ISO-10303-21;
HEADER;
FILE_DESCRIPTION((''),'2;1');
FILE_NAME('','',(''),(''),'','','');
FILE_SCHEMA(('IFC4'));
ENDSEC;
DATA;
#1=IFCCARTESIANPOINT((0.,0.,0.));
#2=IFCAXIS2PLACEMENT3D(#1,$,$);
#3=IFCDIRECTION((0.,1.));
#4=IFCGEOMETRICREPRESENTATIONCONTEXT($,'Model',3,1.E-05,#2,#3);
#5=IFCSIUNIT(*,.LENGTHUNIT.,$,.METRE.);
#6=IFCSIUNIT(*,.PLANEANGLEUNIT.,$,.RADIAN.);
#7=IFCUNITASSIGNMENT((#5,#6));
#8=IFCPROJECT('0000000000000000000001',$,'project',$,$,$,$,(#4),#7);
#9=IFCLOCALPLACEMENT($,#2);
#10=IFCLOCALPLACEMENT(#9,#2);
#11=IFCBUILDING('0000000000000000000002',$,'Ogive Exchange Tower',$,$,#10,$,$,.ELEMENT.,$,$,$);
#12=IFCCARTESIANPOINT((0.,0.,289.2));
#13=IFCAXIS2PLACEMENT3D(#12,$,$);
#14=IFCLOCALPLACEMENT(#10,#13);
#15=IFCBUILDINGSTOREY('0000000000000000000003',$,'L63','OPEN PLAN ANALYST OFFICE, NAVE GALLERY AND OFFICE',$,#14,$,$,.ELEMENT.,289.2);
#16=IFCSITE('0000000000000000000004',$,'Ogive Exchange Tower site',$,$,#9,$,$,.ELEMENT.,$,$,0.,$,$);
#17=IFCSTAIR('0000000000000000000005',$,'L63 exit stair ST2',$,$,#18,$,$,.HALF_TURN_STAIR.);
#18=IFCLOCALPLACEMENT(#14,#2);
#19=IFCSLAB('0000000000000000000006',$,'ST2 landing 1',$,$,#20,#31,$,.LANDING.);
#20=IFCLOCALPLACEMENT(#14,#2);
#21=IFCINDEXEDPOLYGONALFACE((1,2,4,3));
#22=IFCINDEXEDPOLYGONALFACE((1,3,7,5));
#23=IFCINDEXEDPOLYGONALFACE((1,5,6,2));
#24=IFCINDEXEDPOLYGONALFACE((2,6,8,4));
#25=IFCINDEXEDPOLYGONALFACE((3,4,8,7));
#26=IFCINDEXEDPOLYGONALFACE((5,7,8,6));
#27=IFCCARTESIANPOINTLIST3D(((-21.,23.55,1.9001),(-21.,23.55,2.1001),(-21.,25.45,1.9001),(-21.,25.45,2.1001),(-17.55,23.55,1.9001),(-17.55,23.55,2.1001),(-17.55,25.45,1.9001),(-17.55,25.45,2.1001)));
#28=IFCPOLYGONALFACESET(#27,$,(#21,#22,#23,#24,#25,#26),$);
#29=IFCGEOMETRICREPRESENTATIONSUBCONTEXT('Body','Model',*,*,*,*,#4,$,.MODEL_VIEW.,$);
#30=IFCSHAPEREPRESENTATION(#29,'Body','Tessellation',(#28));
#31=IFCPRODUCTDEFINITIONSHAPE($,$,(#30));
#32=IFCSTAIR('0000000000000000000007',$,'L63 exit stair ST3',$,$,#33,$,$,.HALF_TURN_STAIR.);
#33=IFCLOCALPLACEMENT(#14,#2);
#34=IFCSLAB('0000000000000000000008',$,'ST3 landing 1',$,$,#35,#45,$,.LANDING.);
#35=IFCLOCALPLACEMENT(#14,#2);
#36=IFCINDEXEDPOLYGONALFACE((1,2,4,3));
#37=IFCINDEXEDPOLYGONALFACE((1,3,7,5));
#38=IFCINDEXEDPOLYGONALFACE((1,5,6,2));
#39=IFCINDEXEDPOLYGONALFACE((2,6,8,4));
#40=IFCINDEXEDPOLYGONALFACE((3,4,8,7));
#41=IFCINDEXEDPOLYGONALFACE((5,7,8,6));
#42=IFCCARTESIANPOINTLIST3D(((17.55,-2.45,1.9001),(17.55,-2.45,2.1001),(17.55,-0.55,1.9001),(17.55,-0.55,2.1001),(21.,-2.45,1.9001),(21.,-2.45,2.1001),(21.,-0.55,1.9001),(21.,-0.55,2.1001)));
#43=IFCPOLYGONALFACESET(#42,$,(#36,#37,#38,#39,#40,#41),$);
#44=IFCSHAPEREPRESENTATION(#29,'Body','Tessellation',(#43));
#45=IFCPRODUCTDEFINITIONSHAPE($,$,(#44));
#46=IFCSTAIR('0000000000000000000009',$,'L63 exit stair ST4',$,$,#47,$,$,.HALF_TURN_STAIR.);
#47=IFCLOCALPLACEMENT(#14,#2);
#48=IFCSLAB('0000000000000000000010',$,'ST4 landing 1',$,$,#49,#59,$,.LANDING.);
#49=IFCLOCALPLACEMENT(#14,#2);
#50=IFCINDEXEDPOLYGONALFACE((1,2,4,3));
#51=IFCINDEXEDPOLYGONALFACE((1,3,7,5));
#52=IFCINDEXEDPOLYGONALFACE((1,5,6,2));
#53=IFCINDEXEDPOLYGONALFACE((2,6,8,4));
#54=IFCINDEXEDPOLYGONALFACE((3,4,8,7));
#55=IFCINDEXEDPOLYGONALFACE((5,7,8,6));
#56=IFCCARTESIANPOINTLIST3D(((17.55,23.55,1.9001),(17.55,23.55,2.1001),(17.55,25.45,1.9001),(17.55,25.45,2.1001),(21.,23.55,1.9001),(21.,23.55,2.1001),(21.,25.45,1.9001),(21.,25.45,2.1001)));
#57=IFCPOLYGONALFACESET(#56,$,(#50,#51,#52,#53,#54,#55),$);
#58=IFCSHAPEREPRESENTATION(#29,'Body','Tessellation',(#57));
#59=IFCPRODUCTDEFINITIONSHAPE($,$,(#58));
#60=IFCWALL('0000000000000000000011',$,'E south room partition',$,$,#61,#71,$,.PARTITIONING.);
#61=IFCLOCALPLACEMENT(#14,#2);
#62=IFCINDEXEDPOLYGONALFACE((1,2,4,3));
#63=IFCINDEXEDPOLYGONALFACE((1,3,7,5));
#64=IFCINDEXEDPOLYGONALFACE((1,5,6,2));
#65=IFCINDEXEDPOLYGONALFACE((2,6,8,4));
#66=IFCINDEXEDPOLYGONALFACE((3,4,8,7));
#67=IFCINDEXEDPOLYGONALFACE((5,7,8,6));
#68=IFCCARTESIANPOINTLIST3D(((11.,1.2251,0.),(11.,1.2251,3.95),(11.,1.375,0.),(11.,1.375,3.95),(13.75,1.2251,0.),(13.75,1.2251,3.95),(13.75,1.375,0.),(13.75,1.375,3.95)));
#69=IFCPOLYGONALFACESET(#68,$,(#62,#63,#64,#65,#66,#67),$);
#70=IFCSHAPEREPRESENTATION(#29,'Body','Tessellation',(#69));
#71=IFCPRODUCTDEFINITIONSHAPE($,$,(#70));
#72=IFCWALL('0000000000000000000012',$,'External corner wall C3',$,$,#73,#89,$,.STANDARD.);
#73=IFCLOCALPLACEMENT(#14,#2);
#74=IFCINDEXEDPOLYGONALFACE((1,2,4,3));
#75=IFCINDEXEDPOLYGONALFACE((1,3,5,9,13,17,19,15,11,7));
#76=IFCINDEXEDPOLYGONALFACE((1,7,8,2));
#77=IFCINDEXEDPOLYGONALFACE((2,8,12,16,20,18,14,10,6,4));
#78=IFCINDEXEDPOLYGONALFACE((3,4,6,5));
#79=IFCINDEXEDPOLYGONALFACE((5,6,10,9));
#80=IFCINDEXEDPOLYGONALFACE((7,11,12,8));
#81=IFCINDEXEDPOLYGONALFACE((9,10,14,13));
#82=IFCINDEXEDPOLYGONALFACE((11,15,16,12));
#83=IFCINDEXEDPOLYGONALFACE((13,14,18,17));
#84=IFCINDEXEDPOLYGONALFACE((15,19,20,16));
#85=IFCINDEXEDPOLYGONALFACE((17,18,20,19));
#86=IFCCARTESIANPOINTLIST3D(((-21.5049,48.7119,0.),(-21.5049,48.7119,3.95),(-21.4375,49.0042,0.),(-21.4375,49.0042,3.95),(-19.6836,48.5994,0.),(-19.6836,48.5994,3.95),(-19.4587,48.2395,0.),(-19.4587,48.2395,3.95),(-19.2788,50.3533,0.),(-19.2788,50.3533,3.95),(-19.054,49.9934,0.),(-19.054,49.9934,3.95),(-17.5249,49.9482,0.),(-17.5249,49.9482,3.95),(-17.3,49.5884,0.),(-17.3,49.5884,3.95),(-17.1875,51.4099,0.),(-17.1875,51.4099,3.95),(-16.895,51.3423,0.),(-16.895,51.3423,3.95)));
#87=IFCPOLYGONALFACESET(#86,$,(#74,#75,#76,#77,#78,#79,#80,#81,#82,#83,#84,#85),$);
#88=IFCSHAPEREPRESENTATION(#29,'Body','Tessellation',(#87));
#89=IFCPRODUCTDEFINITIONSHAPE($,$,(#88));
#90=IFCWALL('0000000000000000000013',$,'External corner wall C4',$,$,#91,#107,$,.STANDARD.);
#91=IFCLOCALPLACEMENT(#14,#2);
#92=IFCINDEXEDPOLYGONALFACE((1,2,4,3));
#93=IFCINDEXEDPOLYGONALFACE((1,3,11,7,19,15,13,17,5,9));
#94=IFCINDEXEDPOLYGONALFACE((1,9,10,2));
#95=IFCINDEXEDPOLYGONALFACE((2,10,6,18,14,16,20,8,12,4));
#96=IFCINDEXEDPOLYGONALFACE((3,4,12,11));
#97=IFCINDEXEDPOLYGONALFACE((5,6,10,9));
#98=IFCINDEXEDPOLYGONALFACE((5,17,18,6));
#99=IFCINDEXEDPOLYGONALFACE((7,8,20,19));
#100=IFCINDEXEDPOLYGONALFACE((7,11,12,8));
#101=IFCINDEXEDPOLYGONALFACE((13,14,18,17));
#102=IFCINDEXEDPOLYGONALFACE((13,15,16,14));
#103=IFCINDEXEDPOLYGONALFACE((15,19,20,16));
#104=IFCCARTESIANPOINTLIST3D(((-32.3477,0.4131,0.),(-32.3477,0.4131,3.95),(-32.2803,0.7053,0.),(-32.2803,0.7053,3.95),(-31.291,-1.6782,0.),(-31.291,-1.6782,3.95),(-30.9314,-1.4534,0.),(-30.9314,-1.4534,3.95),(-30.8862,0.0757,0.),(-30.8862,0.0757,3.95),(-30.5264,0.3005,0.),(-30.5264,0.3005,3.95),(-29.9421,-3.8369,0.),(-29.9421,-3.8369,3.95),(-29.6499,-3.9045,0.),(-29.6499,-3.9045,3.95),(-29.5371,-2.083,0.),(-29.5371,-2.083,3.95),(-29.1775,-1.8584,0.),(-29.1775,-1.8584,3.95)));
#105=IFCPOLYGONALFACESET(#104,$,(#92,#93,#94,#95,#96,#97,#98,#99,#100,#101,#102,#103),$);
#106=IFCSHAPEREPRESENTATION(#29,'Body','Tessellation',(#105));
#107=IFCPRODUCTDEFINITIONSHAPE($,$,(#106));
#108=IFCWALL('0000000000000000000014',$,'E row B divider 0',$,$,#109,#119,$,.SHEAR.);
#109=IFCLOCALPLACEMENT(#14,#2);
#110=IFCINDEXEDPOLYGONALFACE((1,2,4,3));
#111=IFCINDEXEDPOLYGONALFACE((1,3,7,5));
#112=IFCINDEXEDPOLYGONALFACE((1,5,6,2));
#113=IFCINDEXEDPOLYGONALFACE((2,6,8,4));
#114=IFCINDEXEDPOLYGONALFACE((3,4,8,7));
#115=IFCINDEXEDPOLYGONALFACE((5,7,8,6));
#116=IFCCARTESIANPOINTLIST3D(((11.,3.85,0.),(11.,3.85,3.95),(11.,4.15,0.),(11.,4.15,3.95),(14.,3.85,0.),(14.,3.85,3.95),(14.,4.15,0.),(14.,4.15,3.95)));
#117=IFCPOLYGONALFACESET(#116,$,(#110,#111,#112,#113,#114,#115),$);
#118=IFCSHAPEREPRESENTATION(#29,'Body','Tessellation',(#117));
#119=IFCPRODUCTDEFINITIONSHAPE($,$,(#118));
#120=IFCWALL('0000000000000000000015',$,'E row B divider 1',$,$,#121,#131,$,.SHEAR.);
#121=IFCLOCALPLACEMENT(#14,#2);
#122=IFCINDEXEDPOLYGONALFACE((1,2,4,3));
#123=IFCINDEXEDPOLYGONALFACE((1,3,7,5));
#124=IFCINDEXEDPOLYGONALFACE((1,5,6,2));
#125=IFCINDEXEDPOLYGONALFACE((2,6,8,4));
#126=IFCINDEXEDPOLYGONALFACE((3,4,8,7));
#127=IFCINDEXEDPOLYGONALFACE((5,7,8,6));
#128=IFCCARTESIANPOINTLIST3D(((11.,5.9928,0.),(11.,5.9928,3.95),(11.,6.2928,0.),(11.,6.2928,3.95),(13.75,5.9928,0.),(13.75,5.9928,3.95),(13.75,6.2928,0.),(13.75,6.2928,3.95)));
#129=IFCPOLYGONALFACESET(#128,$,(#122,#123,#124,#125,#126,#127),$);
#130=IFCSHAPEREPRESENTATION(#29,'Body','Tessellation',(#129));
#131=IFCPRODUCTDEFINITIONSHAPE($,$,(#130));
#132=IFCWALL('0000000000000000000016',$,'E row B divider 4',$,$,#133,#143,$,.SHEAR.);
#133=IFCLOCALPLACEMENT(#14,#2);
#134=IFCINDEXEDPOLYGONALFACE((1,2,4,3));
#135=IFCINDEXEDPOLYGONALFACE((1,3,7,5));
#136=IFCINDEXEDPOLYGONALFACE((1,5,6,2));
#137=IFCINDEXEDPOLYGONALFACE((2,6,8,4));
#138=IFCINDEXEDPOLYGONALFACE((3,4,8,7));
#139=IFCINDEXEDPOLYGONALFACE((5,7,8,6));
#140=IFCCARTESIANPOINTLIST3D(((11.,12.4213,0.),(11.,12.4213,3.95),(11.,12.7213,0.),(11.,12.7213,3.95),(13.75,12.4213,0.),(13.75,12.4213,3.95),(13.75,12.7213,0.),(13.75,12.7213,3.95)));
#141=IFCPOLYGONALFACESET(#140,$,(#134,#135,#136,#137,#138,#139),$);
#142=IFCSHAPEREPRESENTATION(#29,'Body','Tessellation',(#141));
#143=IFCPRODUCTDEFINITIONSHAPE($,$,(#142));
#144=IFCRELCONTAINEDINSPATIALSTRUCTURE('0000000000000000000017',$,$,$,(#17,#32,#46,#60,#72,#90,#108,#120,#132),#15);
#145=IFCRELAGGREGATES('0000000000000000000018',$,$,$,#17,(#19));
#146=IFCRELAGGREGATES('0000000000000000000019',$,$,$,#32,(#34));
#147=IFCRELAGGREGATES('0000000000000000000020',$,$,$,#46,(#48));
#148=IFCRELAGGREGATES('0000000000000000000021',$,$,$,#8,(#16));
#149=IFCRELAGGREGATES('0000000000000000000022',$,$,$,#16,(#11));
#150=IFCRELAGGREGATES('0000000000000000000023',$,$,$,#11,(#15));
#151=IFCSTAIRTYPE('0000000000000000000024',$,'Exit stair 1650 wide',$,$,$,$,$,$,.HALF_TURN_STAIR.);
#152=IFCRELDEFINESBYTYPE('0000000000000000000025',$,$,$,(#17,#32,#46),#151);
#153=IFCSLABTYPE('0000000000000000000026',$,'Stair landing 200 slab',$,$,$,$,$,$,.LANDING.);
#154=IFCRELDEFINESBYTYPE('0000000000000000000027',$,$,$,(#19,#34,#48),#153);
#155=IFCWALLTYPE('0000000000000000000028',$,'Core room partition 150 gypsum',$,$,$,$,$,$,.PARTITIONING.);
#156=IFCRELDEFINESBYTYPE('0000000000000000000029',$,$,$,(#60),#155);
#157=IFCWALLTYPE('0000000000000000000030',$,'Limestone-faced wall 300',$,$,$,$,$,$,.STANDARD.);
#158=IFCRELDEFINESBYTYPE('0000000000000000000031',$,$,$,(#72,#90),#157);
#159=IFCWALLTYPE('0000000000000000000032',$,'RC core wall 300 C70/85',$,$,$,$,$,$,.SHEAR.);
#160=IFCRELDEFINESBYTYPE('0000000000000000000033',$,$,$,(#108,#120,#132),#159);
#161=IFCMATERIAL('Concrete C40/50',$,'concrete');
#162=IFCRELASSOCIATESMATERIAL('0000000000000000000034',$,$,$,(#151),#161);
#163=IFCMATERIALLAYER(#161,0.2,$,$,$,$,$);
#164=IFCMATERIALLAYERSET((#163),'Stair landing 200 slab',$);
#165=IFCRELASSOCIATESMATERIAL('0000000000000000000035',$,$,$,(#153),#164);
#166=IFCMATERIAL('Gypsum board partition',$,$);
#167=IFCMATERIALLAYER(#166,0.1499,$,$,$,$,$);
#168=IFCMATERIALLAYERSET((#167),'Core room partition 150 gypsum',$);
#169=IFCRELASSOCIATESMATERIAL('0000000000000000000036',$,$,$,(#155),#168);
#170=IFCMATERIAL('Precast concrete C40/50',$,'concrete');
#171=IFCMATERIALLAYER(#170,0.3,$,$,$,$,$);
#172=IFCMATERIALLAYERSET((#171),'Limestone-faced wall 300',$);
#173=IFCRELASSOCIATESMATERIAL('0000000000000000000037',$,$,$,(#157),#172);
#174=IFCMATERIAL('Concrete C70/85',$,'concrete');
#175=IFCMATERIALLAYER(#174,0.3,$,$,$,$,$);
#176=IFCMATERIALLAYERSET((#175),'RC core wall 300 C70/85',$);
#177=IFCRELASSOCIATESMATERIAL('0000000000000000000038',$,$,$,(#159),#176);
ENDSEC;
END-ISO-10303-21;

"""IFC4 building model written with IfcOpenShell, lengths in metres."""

from ifc_helpers import new_model, si_unit, direction, frame, frame_2d, origin, place, context, subcontext, project, spatial, polyline, rectangle, outline, extrude, material, layer, layer_set, type_object, element, aggregate, save


model = new_model("IFC4")

# Units and contexts
model_context = context("Model", 3, precision=1e-05, world=origin(), true_north=direction((0.0, 1.0)))
body_context = subcontext(model_context, "Body", "Model", "MODEL_VIEW")
ifc_project = project(units=[si_unit("LENGTHUNIT", "METRE"), si_unit("PLANEANGLEUNIT", "RADIAN")], contexts=[model_context])

# Site, building, storey
site_placement = place(None, origin())
site = spatial("IfcSite", under=ifc_project, at=site_placement, Name="Ogive Exchange Tower site", CompositionType="ELEMENT", RefElevation=0.0)
building_placement = place(site_placement, origin())
building = spatial("IfcBuilding", under=site, at=building_placement, Name="Ogive Exchange Tower", CompositionType="ELEMENT")
storey_placement = place(building_placement, frame((0.0, 0.0, 289.2)))
storey = spatial("IfcBuildingStorey", under=building, at=storey_placement, Name="L63", Description="OPEN PLAN ANALYST OFFICE, NAVE GALLERY AND OFFICE", CompositionType="ELEMENT", Elevation=289.2)

# Shared definitions
ifc_material_1 = material(Name="Concrete C70/85", Category="concrete")

# Stairs, slabs
ifc_material_2 = material(Name="Concrete C40/50", Category="concrete")
stair_type = type_object("IfcStairType", Name="Exit stair 1650 wide", PredefinedType="HALF_TURN_STAIR", material=ifc_material_2)
ifc_layer_1 = layer(ifc_material_2, 0.2)
ifc_layer_set_1 = layer_set([ifc_layer_1], Name="Stair landing 200 slab")
slab_type_1 = type_object("IfcSlabType", Name="Stair landing 200 slab", PredefinedType="LANDING", material=ifc_layer_set_1)
stair_1_placement = place(storey_placement, origin())
stair_1 = element("IfcStair", 1, at=stair_1_placement, inside=storey, type_object=stair_type, Name="L63 exit stair ST2", PredefinedType="HALF_TURN_STAIR")
slab_1_placement = place(storey_placement, frame((0.0, 0.0, 1.9001)))
slab_1 = element("IfcSlab", 2, at=slab_1_placement, type_object=slab_type_1, Name="ST2 landing 1", PredefinedType="LANDING", context=body_context, shape_type="SweptSolid", body=[
    extrude(outline(polyline([(-17.55, 23.55), (-17.55, 25.45), (-21.0, 25.45), (-21.0, 23.55), (-17.55, 23.55)])), origin(), (0.0, 0.0, 1.0), 0.2),
])
aggregate(stair_1, [slab_1])
stair_2_placement = place(storey_placement, origin())
stair_2 = element("IfcStair", 3, at=stair_2_placement, inside=storey, type_object=stair_type, Name="L63 exit stair ST3", PredefinedType="HALF_TURN_STAIR")
slab_2_placement = place(storey_placement, frame((0.0, 0.0, 1.9001)))
slab_2 = element("IfcSlab", 4, at=slab_2_placement, type_object=slab_type_1, Name="ST3 landing 1", PredefinedType="LANDING", context=body_context, shape_type="SweptSolid", body=[
    extrude(outline(polyline([(17.55, -0.55), (17.55, -2.45), (21.0, -2.45), (21.0, -0.55), (17.55, -0.55)])), origin(), (0.0, 0.0, 1.0), 0.2),
])
aggregate(stair_2, [slab_2])
stair_3_placement = place(storey_placement, origin())
stair_3 = element("IfcStair", 5, at=stair_3_placement, inside=storey, type_object=stair_type, Name="L63 exit stair ST4", PredefinedType="HALF_TURN_STAIR")
slab_3_placement = place(storey_placement, frame((0.0, 0.0, 1.9001)))
slab_3 = element("IfcSlab", 6, at=slab_3_placement, type_object=slab_type_1, Name="ST4 landing 1", PredefinedType="LANDING", context=body_context, shape_type="SweptSolid", body=[
    extrude(outline(polyline([(21.0, 23.55), (21.0, 25.45), (17.55, 25.45), (17.55, 23.55), (21.0, 23.55)])), origin(), (0.0, 0.0, 1.0), 0.2),
])
aggregate(stair_3, [slab_3])

# Walls
ifc_material_3 = material(Name="Gypsum board partition")
ifc_layer_2 = layer(ifc_material_3, 0.1499)
ifc_layer_set_2 = layer_set([ifc_layer_2], Name="Core room partition 150 gypsum")
wall_type_1 = type_object("IfcWallType", Name="Core room partition 150 gypsum", PredefinedType="PARTITIONING", material=ifc_layer_set_2)
wall_1_placement = place(storey_placement, frame((11.0, 1.3, 0.0), z_axis=(0.0, 0.0, 1.0), x_axis=(1.0, 0.0, 0.0)))
element("IfcWall", 7, at=wall_1_placement, inside=storey, type_object=wall_type_1, Name="E south room partition", PredefinedType="PARTITIONING", context=body_context, shape_type="SweptSolid", body=[
    extrude(rectangle(XDim=2.75, YDim=0.1499, at=frame_2d((1.375, 0.0))), origin(), (0.0, 0.0, 1.0), 3.95),
])
ifc_material_4 = material(Name="Precast concrete C40/50", Category="concrete")
ifc_layer_3 = layer(ifc_material_4, 0.3)
ifc_layer_set_3 = layer_set([ifc_layer_3], Name="Limestone-faced wall 300")
wall_type_2 = type_object("IfcWallType", Name="Limestone-faced wall 300", PredefinedType="STANDARD", material=ifc_layer_set_3)
wall_2_placement = place(storey_placement, origin())
element("IfcWall", 8, at=wall_2_placement, inside=storey, type_object=wall_type_2, Name="External corner wall C3", PredefinedType="STANDARD", context=body_context, shape_type="SweptSolid", body=[
    extrude(outline(polyline([(-21.5049, 48.7119), (-21.4375, 49.0042), (-19.6836, 48.5994), (-19.2788, 50.3533), (-17.5249, 49.9482), (-17.1875, 51.4099), (-16.895, 51.3423), (-17.3, 49.5884), (-19.054, 49.9934), (-19.4587, 48.2395), (-21.5049, 48.7119)])), origin(), (0.0, 0.0, 1.0), 3.95),
])
wall_3_placement = place(storey_placement, origin())
element("IfcWall", 9, at=wall_3_placement, inside=storey, type_object=wall_type_2, Name="External corner wall C4", PredefinedType="STANDARD", context=body_context, shape_type="SweptSolid", body=[
    extrude(outline(polyline([(-31.291, -1.6782), (-30.8862, 0.0757), (-32.3477, 0.4131), (-32.2803, 0.7053), (-30.5264, 0.3005), (-30.9314, -1.4534), (-29.1775, -1.8584), (-29.6499, -3.9045), (-29.9421, -3.8369), (-29.5371, -2.083), (-31.291, -1.6782)])), origin(), (0.0, 0.0, 1.0), 3.95),
])
ifc_layer_4 = layer(ifc_material_1, 0.3)
ifc_layer_set_4 = layer_set([ifc_layer_4], Name="RC core wall 300 C70/85")
wall_type_3 = type_object("IfcWallType", Name="RC core wall 300 C70/85", PredefinedType="SHEAR", material=ifc_layer_set_4)
wall_4_placement = place(storey_placement, frame((11.0, 4.0, 0.0), z_axis=(0.0, 0.0, 1.0), x_axis=(1.0, 0.0, 0.0)))
element("IfcWall", 10, at=wall_4_placement, inside=storey, type_object=wall_type_3, Name="E row B divider 0", PredefinedType="SHEAR", context=body_context, shape_type="SweptSolid", body=[
    extrude(rectangle(XDim=3.0, YDim=0.3, at=frame_2d((1.5, 0.0))), origin(), (0.0, 0.0, 1.0), 3.95),
])
for number, where, z_axis, x_axis, name in (
    (11, (11.0, 6.1428, 0.0), (0.0, 0.0, 1.0), (1.0, 0.0, 0.0), "E row B divider 1"),
    (12, (11.0, 12.5713, 0.0), (0.0, 0.0, 1.0), (1.0, 0.0, 0.0), "E row B divider 4"),
):
    element("IfcWall", number, at=place(storey_placement, frame(where, z_axis=z_axis, x_axis=x_axis)), inside=storey, type_object=wall_type_3, Name=name, PredefinedType="SHEAR", context=body_context, shape_type="SweptSolid", body=[
        extrude(rectangle(XDim=2.75, YDim=0.3, at=frame_2d((1.375, 0.0))), origin(), (0.0, 0.0, 1.0), 3.95),
    ])

save(model, "model.ifc")
